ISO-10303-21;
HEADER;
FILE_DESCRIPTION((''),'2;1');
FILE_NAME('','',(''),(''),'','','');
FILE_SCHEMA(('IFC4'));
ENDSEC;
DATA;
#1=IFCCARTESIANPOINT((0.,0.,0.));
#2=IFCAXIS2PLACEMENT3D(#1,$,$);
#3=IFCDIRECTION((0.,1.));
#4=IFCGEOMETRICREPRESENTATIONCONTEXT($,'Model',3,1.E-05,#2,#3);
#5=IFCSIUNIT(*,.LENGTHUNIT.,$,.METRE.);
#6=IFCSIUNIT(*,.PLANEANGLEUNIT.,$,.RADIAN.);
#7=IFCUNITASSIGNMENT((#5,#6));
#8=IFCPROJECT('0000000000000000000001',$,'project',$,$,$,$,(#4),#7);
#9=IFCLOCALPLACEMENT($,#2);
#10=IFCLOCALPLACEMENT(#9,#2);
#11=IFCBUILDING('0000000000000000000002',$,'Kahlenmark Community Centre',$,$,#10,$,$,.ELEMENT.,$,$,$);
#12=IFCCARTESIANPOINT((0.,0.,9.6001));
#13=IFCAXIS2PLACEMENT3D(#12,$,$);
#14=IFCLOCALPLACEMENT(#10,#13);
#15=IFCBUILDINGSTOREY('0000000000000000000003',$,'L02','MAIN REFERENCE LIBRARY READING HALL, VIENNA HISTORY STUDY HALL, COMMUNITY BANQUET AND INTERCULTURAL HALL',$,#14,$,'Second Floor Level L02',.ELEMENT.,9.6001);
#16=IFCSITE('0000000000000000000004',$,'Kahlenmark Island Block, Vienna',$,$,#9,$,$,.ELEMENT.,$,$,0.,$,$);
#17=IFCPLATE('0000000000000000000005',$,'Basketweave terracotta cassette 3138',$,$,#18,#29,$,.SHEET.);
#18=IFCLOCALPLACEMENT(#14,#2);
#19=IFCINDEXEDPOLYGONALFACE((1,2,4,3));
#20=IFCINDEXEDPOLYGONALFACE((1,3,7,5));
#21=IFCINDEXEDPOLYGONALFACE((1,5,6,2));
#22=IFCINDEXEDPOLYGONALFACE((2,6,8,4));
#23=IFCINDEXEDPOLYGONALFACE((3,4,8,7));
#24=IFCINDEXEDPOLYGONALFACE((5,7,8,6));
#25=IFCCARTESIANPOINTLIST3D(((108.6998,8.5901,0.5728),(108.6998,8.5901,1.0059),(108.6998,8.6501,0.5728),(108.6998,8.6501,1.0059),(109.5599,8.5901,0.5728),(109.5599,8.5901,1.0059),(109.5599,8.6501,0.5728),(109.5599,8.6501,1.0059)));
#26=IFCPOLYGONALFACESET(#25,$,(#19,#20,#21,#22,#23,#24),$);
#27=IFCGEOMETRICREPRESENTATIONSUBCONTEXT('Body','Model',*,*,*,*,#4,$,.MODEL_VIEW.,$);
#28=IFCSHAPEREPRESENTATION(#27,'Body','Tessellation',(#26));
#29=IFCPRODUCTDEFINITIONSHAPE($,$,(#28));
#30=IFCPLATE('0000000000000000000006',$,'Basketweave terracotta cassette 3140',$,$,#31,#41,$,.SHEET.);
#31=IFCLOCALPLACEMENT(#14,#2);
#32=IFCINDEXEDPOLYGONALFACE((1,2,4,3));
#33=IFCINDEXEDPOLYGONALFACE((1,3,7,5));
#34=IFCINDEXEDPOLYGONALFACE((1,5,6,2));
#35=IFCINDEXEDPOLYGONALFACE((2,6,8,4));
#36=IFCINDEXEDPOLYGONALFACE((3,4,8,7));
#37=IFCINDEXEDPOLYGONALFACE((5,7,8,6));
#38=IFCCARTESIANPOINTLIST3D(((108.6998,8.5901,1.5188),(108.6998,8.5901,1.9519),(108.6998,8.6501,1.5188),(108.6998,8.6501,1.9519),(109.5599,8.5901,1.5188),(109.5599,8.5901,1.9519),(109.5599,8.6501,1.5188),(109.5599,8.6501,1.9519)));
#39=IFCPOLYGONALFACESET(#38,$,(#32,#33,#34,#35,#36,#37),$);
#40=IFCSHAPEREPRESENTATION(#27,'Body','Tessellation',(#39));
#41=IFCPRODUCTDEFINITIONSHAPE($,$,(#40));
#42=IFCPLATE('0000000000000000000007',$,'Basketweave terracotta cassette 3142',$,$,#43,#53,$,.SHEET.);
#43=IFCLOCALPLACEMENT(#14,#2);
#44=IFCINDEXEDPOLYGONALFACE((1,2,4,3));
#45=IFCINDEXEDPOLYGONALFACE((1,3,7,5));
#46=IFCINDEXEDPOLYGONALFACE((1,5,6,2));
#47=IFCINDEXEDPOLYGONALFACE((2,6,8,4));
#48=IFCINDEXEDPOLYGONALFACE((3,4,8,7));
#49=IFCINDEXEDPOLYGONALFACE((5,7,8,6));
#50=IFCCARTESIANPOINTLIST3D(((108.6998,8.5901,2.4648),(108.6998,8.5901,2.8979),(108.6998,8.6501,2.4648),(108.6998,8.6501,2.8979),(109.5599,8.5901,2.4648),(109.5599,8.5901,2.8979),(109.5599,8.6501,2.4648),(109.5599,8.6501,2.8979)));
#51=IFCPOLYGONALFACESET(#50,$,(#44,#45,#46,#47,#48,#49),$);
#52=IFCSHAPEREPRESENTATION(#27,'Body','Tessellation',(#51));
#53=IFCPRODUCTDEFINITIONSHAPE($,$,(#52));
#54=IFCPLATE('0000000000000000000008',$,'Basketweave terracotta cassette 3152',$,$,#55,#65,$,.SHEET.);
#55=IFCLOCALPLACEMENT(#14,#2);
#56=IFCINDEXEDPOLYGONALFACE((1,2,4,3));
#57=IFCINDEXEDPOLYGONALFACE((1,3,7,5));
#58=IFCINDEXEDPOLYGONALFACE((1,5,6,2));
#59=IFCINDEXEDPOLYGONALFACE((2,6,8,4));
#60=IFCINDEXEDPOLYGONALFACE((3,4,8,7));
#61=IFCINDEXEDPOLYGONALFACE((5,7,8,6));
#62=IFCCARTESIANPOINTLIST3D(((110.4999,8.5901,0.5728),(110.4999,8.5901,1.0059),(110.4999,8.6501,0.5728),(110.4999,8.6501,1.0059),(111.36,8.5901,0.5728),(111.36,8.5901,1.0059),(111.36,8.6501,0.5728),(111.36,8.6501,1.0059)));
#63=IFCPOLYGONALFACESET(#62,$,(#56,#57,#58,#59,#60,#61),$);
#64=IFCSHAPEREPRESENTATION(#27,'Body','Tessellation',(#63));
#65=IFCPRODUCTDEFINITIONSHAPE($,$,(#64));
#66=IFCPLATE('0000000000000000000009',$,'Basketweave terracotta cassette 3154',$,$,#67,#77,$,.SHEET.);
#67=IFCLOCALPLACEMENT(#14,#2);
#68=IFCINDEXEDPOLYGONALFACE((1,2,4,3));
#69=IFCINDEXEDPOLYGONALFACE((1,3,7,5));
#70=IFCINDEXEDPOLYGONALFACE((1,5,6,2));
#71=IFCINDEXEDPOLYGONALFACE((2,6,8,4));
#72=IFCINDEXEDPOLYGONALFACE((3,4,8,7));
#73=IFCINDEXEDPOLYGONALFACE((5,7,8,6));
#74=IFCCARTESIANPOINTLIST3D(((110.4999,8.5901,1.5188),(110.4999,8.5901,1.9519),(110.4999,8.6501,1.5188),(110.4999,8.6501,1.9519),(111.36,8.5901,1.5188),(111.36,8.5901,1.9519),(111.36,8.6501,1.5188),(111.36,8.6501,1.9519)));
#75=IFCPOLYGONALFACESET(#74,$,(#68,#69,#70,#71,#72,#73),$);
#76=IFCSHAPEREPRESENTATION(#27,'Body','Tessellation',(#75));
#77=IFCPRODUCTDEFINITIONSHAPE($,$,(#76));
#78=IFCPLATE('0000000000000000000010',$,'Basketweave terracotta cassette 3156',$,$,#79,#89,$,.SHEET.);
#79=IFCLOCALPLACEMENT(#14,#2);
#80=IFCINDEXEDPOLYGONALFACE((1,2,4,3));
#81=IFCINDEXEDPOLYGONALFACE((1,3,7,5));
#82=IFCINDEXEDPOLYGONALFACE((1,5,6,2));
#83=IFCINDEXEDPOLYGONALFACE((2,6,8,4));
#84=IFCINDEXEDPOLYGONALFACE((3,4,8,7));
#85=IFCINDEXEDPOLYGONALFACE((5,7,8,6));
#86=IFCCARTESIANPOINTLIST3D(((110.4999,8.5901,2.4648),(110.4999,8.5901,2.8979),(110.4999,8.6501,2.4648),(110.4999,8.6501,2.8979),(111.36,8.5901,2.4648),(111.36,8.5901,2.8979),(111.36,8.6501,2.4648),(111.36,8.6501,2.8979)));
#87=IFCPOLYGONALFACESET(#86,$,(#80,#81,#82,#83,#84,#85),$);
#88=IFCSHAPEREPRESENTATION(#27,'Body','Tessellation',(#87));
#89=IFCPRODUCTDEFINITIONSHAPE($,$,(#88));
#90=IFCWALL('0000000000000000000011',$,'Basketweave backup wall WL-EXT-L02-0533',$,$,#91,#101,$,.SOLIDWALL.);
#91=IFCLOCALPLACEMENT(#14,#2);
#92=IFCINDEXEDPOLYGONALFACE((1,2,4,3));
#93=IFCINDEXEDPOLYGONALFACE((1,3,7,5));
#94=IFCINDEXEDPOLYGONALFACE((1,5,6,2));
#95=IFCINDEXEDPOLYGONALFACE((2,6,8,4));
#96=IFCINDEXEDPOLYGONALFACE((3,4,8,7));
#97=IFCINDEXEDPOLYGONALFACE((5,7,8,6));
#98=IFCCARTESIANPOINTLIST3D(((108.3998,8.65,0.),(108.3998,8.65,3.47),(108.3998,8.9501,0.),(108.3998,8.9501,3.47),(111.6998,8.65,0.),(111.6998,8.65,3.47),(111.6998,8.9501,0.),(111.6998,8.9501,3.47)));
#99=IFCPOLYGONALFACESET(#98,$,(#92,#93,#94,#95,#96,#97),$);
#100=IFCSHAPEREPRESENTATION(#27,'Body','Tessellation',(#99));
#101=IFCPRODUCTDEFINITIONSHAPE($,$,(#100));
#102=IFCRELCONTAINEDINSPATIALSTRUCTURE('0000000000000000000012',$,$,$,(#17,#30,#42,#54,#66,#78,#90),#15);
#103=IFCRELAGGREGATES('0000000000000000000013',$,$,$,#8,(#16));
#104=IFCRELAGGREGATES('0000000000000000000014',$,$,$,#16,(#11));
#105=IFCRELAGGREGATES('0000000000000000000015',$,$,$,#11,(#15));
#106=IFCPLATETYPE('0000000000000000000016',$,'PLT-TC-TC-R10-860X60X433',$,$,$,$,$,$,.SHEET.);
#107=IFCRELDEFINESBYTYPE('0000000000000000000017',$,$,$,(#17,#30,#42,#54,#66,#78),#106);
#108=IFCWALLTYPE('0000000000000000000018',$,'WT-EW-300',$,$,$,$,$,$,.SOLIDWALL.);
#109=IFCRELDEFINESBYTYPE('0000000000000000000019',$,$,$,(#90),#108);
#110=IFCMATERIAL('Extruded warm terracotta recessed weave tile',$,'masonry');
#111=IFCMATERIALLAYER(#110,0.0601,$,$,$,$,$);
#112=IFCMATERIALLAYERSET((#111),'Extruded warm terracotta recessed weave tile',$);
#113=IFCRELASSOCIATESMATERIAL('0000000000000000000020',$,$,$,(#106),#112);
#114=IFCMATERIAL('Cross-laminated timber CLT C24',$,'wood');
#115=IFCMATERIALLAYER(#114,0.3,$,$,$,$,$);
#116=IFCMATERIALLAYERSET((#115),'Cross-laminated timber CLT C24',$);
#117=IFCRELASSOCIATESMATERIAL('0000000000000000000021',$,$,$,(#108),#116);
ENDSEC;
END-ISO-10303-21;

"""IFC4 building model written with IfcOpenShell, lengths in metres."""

from ifc_helpers import new_model, si_unit, direction, frame, frame_2d, origin, origin_2d, place, context, subcontext, project, spatial, rectangle, extrude, material, layer, layer_set, type_object, element, save


model = new_model("IFC4")

# Units and contexts
model_context = context("Model", 3, precision=1e-05, world=origin(), true_north=direction((0.0, 1.0)))
body_context = subcontext(model_context, "Body", "Model", "MODEL_VIEW")
ifc_project = project(units=[si_unit("LENGTHUNIT", "METRE"), si_unit("PLANEANGLEUNIT", "RADIAN")], contexts=[model_context])

# Site, building, storey
site_placement = place(None, origin())
site = spatial("IfcSite", under=ifc_project, at=site_placement, Name="Kahlenmark Island Block, Vienna", CompositionType="ELEMENT", RefElevation=0.0)
building_placement = place(site_placement, origin())
building = spatial("IfcBuilding", under=site, at=building_placement, Name="Kahlenmark Community Centre", CompositionType="ELEMENT")
storey_placement = place(building_placement, frame((0.0, 0.0, 9.6001)))
storey = spatial("IfcBuildingStorey", under=building, at=storey_placement, Name="L02", Description="MAIN REFERENCE LIBRARY READING HALL, VIENNA HISTORY STUDY HALL, COMMUNITY BANQUET AND INTERCULTURAL HALL", LongName="Second Floor Level L02", CompositionType="ELEMENT", Elevation=9.6001)

# Plates
ifc_material_1 = material(Name="Extruded warm terracotta recessed weave tile", Category="masonry")
ifc_layer_1 = layer(ifc_material_1, 0.0601)
ifc_layer_set_1 = layer_set([ifc_layer_1], Name="Extruded warm terracotta recessed weave tile")
plate_type_1 = type_object("IfcPlateType", Name="PLT-TC-TC-R10-860X60X433", PredefinedType="SHEET", material=ifc_layer_set_1)
for number, where, z_axis, x_axis, name in (
    (1, (109.1299, 8.6201, 0.5728), (0.0, 0.0, 1.0), (1.0, 0.0, 0.0), "Basketweave terracotta cassette 3138"),
    (2, (109.1299, 8.6201, 1.5188), (0.0, 0.0, 1.0), (1.0, 0.0, 0.0), "Basketweave terracotta cassette 3140"),
    (3, (109.1299, 8.6201, 2.4648), (0.0, 0.0, 1.0), (1.0, 0.0, 0.0), "Basketweave terracotta cassette 3142"),
    (4, (110.9299, 8.6201, 0.5728), (0.0, 0.0, 1.0), (1.0, 0.0, 0.0), "Basketweave terracotta cassette 3152"),
    (5, (110.9299, 8.6201, 1.5188), (0.0, 0.0, 1.0), (1.0, 0.0, 0.0), "Basketweave terracotta cassette 3154"),
    (6, (110.9299, 8.6201, 2.4648), (0.0, 0.0, 1.0), (1.0, 0.0, 0.0), "Basketweave terracotta cassette 3156"),
):
    element("IfcPlate", number, at=place(storey_placement, frame(where, z_axis=z_axis, x_axis=x_axis)), inside=storey, type_object=plate_type_1, Name=name, PredefinedType="SHEET", context=body_context, shape_type="SweptSolid", body=[
        extrude(rectangle(XDim=0.8601, YDim=0.0601, at=origin_2d()), origin(), (0.0, 0.0, 1.0), 0.4331),
    ])

# Wall
ifc_material_2 = material(Name="Cross-laminated timber CLT C24", Category="wood")
ifc_layer_2 = layer(ifc_material_2, 0.3)
ifc_layer_set_2 = layer_set([ifc_layer_2], Name="Cross-laminated timber CLT C24")
wall_type = type_object("IfcWallType", Name="WT-EW-300", PredefinedType="SOLIDWALL", material=ifc_layer_set_2)
wall_placement = place(storey_placement, frame((108.3999, 8.8, 0.0), z_axis=(0.0, 0.0, 1.0), x_axis=(1.0, 0.0, 0.0)))
element("IfcWall", 7, at=wall_placement, inside=storey, type_object=wall_type, Name="Basketweave backup wall WL-EXT-L02-0533", PredefinedType="SOLIDWALL", context=body_context, shape_type="SweptSolid", body=[
    extrude(rectangle(XDim=3.3, YDim=0.3, at=frame_2d((1.6499, 0.0))), origin(), (0.0, 0.0, 1.0), 3.47),
])

save(model, "model.ifc")
